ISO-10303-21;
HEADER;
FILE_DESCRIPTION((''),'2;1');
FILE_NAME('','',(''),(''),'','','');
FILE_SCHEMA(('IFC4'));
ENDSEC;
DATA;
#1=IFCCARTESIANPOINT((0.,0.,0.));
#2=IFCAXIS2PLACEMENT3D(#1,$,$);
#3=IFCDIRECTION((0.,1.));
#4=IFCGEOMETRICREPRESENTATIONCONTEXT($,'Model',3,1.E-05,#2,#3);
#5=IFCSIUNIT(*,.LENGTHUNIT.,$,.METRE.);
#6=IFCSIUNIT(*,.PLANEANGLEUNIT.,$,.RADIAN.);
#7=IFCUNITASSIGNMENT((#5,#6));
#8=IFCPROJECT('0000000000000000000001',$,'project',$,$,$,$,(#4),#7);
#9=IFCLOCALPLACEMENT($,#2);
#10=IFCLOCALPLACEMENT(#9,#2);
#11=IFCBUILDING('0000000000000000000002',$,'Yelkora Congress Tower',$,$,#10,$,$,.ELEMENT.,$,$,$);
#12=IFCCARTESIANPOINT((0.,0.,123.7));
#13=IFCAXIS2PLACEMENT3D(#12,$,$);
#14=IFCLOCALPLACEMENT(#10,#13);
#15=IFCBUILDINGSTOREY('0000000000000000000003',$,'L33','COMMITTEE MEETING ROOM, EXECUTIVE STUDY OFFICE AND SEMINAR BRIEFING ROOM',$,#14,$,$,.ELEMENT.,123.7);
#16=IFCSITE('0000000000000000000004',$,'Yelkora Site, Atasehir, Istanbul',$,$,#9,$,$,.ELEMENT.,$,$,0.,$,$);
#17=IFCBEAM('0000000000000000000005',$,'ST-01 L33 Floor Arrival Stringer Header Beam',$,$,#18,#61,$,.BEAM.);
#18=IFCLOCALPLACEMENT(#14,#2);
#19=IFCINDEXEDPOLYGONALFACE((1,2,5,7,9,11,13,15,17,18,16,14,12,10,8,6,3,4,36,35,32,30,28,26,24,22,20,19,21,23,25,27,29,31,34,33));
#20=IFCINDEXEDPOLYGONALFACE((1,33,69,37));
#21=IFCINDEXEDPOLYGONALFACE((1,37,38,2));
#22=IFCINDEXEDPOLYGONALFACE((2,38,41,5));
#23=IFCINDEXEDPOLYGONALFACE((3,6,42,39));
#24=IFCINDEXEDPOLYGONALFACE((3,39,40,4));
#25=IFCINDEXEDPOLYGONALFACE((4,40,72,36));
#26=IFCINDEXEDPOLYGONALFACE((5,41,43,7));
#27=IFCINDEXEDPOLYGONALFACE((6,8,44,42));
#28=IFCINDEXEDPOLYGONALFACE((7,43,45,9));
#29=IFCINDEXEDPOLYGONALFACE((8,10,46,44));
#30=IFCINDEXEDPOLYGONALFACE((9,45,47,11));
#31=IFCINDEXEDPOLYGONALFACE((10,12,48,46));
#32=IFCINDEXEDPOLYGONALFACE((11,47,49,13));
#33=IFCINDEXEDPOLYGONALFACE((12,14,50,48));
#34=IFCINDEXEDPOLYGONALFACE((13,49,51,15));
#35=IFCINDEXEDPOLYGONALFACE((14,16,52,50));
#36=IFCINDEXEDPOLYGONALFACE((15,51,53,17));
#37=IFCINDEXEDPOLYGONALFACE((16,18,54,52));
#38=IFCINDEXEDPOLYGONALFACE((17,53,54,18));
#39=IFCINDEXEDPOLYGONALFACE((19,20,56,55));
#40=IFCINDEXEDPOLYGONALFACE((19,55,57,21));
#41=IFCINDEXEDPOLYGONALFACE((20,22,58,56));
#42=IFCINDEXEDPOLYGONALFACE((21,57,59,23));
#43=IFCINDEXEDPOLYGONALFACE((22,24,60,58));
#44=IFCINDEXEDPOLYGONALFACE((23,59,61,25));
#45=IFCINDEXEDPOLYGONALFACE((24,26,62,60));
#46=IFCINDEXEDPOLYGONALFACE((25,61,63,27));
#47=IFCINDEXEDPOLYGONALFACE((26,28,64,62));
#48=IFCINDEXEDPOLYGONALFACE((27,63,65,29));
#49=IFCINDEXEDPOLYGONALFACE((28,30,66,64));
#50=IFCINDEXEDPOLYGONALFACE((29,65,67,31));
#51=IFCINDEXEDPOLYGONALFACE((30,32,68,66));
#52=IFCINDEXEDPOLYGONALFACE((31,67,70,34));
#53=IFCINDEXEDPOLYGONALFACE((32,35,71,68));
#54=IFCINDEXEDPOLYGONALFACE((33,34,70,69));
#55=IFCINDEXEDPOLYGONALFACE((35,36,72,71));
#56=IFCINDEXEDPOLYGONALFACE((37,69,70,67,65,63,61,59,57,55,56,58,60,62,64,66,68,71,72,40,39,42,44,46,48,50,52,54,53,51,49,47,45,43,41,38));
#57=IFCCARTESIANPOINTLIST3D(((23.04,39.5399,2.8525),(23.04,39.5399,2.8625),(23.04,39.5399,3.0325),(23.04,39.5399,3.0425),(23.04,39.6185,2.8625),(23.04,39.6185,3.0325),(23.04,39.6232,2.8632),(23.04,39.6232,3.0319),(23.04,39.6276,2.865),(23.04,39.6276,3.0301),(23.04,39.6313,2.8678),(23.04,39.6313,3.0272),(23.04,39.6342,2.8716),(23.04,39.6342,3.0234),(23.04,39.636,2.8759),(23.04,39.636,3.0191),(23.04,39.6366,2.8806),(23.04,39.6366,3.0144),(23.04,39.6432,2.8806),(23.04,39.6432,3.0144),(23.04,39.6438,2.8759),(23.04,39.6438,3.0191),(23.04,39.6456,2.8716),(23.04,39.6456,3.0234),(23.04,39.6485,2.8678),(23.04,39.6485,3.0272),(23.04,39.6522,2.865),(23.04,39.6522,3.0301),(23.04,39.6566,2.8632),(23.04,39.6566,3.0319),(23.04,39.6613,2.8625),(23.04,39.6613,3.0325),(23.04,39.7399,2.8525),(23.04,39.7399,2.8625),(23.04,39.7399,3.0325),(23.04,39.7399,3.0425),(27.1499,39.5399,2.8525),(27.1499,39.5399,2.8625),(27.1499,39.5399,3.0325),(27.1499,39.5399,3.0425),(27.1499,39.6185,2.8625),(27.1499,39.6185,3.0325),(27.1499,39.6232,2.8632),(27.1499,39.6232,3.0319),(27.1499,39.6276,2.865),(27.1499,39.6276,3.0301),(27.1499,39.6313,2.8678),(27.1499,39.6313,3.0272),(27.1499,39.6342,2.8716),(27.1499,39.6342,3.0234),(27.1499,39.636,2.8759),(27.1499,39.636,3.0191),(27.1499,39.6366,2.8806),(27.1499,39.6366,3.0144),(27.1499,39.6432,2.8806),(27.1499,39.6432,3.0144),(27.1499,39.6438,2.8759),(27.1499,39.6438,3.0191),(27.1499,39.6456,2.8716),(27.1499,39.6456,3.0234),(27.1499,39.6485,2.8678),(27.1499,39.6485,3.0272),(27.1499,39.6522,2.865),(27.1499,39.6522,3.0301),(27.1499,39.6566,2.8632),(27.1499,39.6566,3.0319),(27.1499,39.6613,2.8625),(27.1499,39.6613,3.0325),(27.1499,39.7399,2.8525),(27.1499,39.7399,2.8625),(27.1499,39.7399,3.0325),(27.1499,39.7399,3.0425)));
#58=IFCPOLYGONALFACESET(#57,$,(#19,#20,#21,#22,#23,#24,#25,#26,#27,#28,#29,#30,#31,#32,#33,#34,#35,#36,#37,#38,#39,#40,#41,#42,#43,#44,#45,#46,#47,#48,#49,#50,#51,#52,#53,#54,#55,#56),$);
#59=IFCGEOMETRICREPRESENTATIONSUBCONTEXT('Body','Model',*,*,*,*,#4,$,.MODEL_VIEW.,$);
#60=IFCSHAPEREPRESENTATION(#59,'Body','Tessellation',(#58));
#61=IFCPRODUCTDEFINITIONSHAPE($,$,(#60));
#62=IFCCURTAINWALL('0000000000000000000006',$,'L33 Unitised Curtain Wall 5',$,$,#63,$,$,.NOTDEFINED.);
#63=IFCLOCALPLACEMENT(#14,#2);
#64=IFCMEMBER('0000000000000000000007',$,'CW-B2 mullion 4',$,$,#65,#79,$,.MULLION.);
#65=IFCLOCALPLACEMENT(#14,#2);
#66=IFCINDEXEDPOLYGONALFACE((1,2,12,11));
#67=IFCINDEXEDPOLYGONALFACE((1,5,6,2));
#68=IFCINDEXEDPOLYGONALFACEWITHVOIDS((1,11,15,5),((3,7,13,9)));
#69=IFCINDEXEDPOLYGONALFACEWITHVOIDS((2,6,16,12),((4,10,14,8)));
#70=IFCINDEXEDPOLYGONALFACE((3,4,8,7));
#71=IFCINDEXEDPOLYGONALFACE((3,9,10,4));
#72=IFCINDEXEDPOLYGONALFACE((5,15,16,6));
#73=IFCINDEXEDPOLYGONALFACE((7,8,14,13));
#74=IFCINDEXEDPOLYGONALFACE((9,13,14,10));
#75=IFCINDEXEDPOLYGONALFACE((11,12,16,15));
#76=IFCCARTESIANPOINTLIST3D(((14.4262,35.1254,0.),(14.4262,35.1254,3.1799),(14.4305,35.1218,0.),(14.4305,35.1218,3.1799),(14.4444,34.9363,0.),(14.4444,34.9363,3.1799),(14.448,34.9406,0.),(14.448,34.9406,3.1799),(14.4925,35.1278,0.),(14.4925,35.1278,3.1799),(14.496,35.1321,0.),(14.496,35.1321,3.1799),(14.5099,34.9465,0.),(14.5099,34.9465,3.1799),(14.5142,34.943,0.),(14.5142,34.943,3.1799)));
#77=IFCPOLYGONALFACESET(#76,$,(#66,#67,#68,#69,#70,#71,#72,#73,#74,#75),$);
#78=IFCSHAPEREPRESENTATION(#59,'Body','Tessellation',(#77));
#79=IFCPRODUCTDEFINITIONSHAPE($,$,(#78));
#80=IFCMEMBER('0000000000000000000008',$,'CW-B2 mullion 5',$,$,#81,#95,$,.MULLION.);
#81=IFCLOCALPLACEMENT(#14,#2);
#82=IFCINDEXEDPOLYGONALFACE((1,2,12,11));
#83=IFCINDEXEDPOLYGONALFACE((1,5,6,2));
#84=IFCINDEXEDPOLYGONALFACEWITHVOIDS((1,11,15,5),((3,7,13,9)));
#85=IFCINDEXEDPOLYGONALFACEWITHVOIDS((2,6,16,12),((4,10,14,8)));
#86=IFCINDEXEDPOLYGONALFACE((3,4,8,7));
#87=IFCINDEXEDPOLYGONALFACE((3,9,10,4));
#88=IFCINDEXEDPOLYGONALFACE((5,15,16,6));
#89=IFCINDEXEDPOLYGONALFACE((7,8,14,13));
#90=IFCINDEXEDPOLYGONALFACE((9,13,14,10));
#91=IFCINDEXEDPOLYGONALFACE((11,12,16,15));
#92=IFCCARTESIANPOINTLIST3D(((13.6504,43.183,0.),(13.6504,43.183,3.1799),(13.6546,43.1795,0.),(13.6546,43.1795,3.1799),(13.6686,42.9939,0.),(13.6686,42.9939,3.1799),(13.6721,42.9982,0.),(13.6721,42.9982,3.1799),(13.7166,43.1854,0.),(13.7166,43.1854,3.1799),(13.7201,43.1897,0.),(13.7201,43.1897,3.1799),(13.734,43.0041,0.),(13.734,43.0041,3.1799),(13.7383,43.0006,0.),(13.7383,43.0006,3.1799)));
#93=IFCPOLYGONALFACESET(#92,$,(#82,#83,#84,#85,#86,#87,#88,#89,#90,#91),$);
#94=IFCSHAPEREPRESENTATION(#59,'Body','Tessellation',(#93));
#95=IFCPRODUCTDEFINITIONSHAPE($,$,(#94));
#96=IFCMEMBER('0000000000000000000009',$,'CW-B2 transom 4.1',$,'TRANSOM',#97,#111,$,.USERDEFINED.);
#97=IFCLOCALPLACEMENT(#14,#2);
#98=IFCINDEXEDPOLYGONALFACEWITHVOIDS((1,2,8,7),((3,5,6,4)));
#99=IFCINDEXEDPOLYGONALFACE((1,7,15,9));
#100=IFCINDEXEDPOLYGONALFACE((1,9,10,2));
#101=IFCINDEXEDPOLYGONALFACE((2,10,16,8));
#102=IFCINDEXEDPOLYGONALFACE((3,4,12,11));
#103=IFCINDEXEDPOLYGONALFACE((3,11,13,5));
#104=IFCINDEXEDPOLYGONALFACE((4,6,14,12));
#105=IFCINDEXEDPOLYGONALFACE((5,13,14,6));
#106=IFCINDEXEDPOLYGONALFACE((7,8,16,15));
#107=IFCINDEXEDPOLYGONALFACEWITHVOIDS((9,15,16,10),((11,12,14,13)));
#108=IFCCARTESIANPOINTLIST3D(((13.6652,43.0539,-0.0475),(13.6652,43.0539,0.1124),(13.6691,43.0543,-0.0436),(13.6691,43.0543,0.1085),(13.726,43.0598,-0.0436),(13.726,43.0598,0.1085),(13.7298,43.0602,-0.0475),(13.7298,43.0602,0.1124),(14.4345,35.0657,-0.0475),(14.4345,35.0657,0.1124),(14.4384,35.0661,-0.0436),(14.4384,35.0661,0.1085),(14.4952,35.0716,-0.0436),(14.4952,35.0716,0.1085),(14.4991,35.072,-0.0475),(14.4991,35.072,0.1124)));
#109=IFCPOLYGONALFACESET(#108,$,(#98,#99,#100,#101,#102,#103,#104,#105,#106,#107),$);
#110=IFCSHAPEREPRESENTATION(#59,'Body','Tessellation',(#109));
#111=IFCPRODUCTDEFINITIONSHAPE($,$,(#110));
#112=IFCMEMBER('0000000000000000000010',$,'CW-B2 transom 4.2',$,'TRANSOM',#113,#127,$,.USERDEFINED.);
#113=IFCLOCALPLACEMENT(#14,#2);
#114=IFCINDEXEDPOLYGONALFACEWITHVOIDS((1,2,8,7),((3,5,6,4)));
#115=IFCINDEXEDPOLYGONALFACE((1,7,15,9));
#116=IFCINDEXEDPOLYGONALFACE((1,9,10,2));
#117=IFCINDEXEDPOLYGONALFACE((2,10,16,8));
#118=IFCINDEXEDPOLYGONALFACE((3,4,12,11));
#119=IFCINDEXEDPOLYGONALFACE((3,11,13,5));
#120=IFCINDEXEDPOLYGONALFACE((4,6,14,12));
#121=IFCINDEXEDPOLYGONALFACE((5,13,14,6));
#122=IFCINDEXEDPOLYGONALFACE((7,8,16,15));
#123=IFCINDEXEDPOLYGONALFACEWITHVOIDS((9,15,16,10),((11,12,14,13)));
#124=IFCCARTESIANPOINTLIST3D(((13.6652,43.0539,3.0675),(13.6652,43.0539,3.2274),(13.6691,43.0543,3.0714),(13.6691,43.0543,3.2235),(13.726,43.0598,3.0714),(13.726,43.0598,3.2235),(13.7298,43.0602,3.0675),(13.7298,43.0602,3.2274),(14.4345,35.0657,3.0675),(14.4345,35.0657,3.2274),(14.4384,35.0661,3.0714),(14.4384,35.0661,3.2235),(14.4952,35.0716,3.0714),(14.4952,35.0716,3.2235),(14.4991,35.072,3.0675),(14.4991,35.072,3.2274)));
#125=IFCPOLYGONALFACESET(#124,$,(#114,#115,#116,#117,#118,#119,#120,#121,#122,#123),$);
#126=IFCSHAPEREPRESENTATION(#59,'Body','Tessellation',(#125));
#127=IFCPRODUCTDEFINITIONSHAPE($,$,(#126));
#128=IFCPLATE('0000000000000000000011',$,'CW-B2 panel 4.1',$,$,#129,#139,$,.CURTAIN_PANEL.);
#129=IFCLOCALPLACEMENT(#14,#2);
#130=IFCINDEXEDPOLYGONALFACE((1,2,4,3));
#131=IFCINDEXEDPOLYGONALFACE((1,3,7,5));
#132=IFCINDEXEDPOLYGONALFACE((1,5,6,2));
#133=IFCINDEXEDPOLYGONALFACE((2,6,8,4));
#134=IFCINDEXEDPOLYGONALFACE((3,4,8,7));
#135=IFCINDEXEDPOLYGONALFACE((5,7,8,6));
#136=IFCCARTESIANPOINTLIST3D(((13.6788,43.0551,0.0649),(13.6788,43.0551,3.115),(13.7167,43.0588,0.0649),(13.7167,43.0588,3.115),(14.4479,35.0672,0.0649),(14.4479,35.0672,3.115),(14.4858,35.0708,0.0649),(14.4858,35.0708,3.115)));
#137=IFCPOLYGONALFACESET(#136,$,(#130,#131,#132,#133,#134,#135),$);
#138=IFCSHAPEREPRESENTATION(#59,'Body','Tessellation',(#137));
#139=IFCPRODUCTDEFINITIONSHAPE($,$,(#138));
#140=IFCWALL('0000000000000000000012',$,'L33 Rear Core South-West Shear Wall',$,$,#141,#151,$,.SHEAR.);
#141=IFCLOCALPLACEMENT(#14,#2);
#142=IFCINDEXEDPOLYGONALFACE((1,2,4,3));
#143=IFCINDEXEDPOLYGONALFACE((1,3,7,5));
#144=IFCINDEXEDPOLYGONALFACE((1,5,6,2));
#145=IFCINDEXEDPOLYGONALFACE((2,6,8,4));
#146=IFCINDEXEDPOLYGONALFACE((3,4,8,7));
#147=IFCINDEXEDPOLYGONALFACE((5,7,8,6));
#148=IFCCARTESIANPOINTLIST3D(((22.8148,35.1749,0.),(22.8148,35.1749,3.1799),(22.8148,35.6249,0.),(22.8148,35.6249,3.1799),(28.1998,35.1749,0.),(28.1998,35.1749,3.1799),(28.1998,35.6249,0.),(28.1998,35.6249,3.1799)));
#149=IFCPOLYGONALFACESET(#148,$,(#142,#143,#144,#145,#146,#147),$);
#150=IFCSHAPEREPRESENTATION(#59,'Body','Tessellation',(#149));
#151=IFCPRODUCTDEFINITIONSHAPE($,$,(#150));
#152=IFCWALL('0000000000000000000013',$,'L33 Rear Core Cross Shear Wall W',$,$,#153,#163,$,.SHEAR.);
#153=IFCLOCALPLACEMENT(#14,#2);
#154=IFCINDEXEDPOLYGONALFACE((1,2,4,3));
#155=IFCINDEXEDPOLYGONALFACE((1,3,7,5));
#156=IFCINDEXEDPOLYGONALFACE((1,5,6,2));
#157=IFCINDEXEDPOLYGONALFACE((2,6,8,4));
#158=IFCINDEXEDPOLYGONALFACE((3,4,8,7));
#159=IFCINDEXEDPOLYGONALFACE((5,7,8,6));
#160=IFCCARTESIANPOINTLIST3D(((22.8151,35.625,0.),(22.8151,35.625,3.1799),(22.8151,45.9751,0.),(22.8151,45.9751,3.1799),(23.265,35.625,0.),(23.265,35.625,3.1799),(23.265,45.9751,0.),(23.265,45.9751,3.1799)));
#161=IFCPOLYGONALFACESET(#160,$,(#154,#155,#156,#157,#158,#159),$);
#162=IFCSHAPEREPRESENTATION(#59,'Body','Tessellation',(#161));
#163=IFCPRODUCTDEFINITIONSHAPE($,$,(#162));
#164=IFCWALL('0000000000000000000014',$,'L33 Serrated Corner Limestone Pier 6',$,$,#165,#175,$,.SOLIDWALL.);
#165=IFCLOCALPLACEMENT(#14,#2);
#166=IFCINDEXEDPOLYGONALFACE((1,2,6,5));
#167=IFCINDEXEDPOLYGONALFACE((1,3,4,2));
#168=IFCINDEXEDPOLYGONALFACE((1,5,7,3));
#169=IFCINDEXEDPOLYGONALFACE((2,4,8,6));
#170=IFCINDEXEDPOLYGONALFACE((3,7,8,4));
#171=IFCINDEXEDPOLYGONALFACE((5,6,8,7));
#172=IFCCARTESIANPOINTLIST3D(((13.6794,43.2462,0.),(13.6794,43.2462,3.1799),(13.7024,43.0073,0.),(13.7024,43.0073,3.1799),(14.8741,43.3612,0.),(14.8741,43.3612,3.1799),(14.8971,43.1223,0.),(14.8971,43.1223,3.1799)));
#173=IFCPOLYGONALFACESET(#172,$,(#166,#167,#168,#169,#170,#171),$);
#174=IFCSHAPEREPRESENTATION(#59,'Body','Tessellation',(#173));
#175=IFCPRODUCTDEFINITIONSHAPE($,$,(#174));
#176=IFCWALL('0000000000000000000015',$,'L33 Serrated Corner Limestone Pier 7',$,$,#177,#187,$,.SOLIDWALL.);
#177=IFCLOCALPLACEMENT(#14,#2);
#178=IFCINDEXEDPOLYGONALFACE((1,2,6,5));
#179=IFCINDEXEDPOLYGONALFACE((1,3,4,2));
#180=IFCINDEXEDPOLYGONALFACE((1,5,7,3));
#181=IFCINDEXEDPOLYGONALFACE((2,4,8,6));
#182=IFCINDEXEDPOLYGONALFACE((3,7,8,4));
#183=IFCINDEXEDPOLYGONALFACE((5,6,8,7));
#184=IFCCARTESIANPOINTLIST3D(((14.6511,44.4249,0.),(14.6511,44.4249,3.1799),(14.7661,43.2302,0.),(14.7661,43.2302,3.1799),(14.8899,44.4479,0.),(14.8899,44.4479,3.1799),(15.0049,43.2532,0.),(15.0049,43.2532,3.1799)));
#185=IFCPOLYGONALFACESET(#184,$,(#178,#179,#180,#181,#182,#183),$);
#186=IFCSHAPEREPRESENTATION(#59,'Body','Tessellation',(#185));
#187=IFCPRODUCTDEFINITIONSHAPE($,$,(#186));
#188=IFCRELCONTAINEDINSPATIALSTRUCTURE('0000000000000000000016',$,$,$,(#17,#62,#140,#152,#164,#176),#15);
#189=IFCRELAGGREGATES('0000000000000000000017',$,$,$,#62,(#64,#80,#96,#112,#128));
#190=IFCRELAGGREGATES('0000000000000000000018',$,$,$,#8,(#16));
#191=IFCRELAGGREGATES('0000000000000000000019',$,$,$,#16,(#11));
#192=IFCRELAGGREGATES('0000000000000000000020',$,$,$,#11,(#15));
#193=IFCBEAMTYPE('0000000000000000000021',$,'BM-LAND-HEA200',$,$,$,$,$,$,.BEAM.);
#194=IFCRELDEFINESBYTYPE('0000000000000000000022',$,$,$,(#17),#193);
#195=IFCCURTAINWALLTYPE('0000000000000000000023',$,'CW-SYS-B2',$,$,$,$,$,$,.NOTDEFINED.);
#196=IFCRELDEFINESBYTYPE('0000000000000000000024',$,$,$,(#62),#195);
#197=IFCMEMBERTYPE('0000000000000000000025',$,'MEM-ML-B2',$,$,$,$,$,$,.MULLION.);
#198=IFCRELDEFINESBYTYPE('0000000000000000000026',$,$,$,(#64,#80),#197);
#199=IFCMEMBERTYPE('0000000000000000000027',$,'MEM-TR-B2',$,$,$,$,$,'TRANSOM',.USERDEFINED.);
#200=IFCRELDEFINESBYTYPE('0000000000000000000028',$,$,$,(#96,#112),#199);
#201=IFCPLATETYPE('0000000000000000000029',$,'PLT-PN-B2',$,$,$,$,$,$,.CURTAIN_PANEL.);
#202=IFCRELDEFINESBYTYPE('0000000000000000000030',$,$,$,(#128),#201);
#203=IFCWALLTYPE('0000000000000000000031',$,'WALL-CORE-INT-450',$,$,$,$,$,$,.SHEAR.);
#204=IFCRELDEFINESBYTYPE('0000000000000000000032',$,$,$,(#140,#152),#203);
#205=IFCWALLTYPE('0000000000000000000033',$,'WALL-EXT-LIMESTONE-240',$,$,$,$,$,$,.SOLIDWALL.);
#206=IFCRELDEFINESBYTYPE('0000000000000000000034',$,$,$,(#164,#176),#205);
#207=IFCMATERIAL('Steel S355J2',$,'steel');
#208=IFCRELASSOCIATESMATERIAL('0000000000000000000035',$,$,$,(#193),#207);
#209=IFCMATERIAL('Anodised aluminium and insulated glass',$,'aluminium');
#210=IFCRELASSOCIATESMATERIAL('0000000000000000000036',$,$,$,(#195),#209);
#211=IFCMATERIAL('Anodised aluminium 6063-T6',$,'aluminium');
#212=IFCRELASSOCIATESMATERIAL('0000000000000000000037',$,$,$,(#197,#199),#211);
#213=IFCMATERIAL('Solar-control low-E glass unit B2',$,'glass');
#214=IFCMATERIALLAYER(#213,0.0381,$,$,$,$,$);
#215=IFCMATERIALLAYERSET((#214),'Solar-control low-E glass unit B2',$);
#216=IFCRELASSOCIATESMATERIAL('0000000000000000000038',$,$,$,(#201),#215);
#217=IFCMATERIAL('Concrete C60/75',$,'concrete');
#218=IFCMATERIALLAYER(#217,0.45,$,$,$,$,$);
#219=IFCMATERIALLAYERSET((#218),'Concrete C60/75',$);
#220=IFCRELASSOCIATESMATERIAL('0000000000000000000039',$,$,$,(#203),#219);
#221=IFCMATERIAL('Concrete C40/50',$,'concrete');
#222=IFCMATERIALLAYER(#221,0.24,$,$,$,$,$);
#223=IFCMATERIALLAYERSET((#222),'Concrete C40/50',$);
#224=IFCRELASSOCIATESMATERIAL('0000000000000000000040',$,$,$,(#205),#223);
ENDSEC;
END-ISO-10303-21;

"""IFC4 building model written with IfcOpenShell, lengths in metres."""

from ifc_helpers import new_model, si_unit, direction, frame, frame_2d, origin, origin_2d, place, context, subcontext, project, spatial, rectangle, hollow_rectangle, i_section, extrude, material, layer, layer_set, material_profile, profile_set, type_object, element, aggregate, save


model = new_model("IFC4")

# Units and contexts
model_context = context("Model", 3, precision=1e-05, world=origin(), true_north=direction((0.0, 1.0)))
body_context = subcontext(model_context, "Body", "Model", "MODEL_VIEW")
ifc_project = project(units=[si_unit("LENGTHUNIT", "METRE"), si_unit("PLANEANGLEUNIT", "RADIAN")], contexts=[model_context])

# Site, building, storey
site_placement = place(None, origin())
site = spatial("IfcSite", under=ifc_project, at=site_placement, Name="Yelkora Site, Atasehir, Istanbul", CompositionType="ELEMENT", RefElevation=0.0)
building_placement = place(site_placement, origin())
building = spatial("IfcBuilding", under=site, at=building_placement, Name="Yelkora Congress Tower", CompositionType="ELEMENT")
storey_placement = place(building_placement, frame((0.0, 0.0, 123.7)))
storey = spatial("IfcBuildingStorey", under=building, at=storey_placement, Name="L33", Description="COMMITTEE MEETING ROOM, EXECUTIVE STUDY OFFICE AND SEMINAR BRIEFING ROOM", CompositionType="ELEMENT", Elevation=123.7)

# Beam
ifc_material_1 = material(Name="Steel S355J2", Category="steel")
ifc_material_profile_1 = material_profile(ifc_material_1, i_section(OverallWidth=0.2, OverallDepth=0.1899, WebThickness=0.0066, FlangeThickness=0.01, FilletRadius=0.0181, at=origin_2d()), Name="HEA 200")
ifc_profile_set_1 = profile_set([ifc_material_profile_1], Name="Steel S355J2")
beam_type_1 = type_object("IfcBeamType", Name="BM-LAND-HEA200", PredefinedType="BEAM", material=ifc_profile_set_1)
beam_1_placement = place(storey_placement, frame((23.04, 39.6399, 2.9475), z_axis=(1.0, 0.0, 0.0), x_axis=(0.0, 1.0, 0.0)))
element("IfcBeam", 1, at=beam_1_placement, inside=storey, type_object=beam_type_1, Name="ST-01 L33 Floor Arrival Stringer Header Beam", PredefinedType="BEAM", context=body_context, shape_type="SweptSolid", body=[
    extrude(i_section(OverallWidth=0.2, OverallDepth=0.1899, WebThickness=0.0066, FlangeThickness=0.01, FilletRadius=0.0181, at=origin_2d()), origin(), (0.0, 0.0, 1.0), 4.1099),
])

# Curtain wall, members, plate
ifc_material_2 = material(Name="Anodised aluminium and insulated glass", Category="aluminium")
curtain_wall_type = type_object("IfcCurtainWallType", Name="CW-SYS-B2", PredefinedType="NOTDEFINED", material=ifc_material_2)
curtain_wall_placement = place(storey_placement, origin())
curtain_wall = element("IfcCurtainWall", 2, at=curtain_wall_placement, inside=storey, type_object=curtain_wall_type, Name="L33 Unitised Curtain Wall 5", PredefinedType="NOTDEFINED")
ifc_material_3 = material(Name="Anodised aluminium 6063-T6", Category="aluminium")
ifc_material_profile_2 = material_profile(ifc_material_3, hollow_rectangle(XDim=0.0701, YDim=0.1899, WallThickness=0.0039, at=origin_2d()), Name="ALU 70x190x4")
ifc_profile_set_2 = profile_set([ifc_material_profile_2], Name="Anodised aluminium 6063-T6")
member_type_1 = type_object("IfcMemberType", Name="MEM-ML-B2", PredefinedType="MULLION", material=ifc_profile_set_2)
member_1_placement = place(storey_placement, frame((14.4702, 35.0342, 0.0), z_axis=(0.0, 0.0, 1.0), x_axis=(-0.995397, -0.095843, 0.0)))
member_1 = element("IfcMember", 3, at=member_1_placement, type_object=member_type_1, Name="CW-B2 mullion 4", PredefinedType="MULLION", context=body_context, shape_type="SweptSolid", body=[
    extrude(hollow_rectangle(XDim=0.0701, YDim=0.1899, WallThickness=0.0039, at=origin_2d()), origin(), (0.0, 0.0, 1.0), 3.1799),
])
member_2_placement = place(storey_placement, frame((13.6943, 43.0918, 0.0), z_axis=(0.0, 0.0, 1.0), x_axis=(-0.995397, -0.095843, 0.0)))
member_2 = element("IfcMember", 4, at=member_2_placement, type_object=member_type_1, Name="CW-B2 mullion 5", PredefinedType="MULLION", context=body_context, shape_type="SweptSolid", body=[
    extrude(hollow_rectangle(XDim=0.0701, YDim=0.1899, WallThickness=0.0039, at=origin_2d()), origin(), (0.0, 0.0, 1.0), 3.1799),
])
ifc_material_profile_3 = material_profile(ifc_material_3, hollow_rectangle(XDim=0.0649, YDim=0.1599, WallThickness=0.0039, at=origin_2d()), Name="ALU 65x160x4")
ifc_profile_set_3 = profile_set([ifc_material_profile_3], Name="Anodised aluminium 6063-T6")
member_type_2 = type_object("IfcMemberType", Name="MEM-TR-B2", ElementType="TRANSOM", PredefinedType="USERDEFINED", material=ifc_profile_set_3)
member_3_placement = place(storey_placement, frame((14.4668, 35.0688, 0.0325), z_axis=(-0.095858, 0.995395, 0.0), x_axis=(-0.995395, -0.095858, 0.0)))
member_3 = element("IfcMember", 5, at=member_3_placement, type_object=member_type_2, Name="CW-B2 transom 4.1", ObjectType="TRANSOM", PredefinedType="USERDEFINED", context=body_context, shape_type="SweptSolid", body=[
    extrude(hollow_rectangle(XDim=0.0649, YDim=0.1599, WallThickness=0.0039, at=origin_2d()), origin(), (0.0, 0.0, 1.0), 8.0251),
])
member_4_placement = place(storey_placement, frame((14.4668, 35.0688, 3.1475), z_axis=(-0.095858, 0.995395, 0.0), x_axis=(-0.995395, -0.095858, 0.0)))
member_4 = element("IfcMember", 6, at=member_4_placement, type_object=member_type_2, Name="CW-B2 transom 4.2", ObjectType="TRANSOM", PredefinedType="USERDEFINED", context=body_context, shape_type="SweptSolid", body=[
    extrude(hollow_rectangle(XDim=0.0649, YDim=0.1599, WallThickness=0.0039, at=origin_2d()), origin(), (0.0, 0.0, 1.0), 8.0251),
])
ifc_material_4 = material(Name="Solar-control low-E glass unit B2", Category="glass")
ifc_layer_1 = layer(ifc_material_4, 0.0381)
ifc_layer_set_1 = layer_set([ifc_layer_1], Name="Solar-control low-E glass unit B2")
plate_type = type_object("IfcPlateType", Name="PLT-PN-B2", PredefinedType="CURTAIN_PANEL", material=ifc_layer_set_1)
plate_placement = place(storey_placement, frame((14.0823, 39.063, 0.0649), z_axis=(0.0, 0.0, 1.0), x_axis=(-0.095843, 0.995397, 0.0)))
plate = element("IfcPlate", 7, at=plate_placement, type_object=plate_type, Name="CW-B2 panel 4.1", PredefinedType="CURTAIN_PANEL", context=body_context, shape_type="SweptSolid", body=[
    extrude(rectangle(XDim=8.0249, YDim=0.0381, at=origin_2d()), origin(), (0.0, 0.0, 1.0), 3.05),
])
aggregate(curtain_wall, [member_1, member_2, member_3, member_4, plate])

# Walls
ifc_material_5 = material(Name="Concrete C60/75", Category="concrete")
ifc_layer_2 = layer(ifc_material_5, 0.45)
ifc_layer_set_2 = layer_set([ifc_layer_2], Name="Concrete C60/75")
wall_type_1 = type_object("IfcWallType", Name="WALL-CORE-INT-450", PredefinedType="SHEAR", material=ifc_layer_set_2)
wall_1_placement = place(storey_placement, frame((22.8149, 35.3999, 0.0), z_axis=(0.0, 0.0, 1.0), x_axis=(1.0, 0.0, 0.0)))
element("IfcWall", 8, at=wall_1_placement, inside=storey, type_object=wall_type_1, Name="L33 Rear Core South-West Shear Wall", PredefinedType="SHEAR", context=body_context, shape_type="SweptSolid", body=[
    extrude(rectangle(XDim=5.385, YDim=0.45, at=frame_2d((2.6924, 0.0))), origin(), (0.0, 0.0, 1.0), 3.1799),
])
wall_2_placement = place(storey_placement, frame((23.04, 35.625, 0.0), z_axis=(0.0, 0.0, 1.0), x_axis=(0.0, 1.0, 0.0)))
element("IfcWall", 9, at=wall_2_placement, inside=storey, type_object=wall_type_1, Name="L33 Rear Core Cross Shear Wall W", PredefinedType="SHEAR", context=body_context, shape_type="SweptSolid", body=[
    extrude(rectangle(XDim=10.3501, YDim=0.45, at=frame_2d((5.175, 0.0))), origin(), (0.0, 0.0, 1.0), 3.1799),
])
ifc_material_6 = material(Name="Concrete C40/50", Category="concrete")
ifc_layer_3 = layer(ifc_material_6, 0.24)
ifc_layer_set_3 = layer_set([ifc_layer_3], Name="Concrete C40/50")
wall_type_2 = type_object("IfcWallType", Name="WALL-EXT-LIMESTONE-240", PredefinedType="SOLIDWALL", material=ifc_layer_set_3)
for number, where, z_axis, x_axis, name in (
    (10, (13.6909, 43.1267, 0.0), (0.0, 0.0, 1.0), (0.995399, 0.095817, 0.0), "L33 Serrated Corner Limestone Pier 6"),
    (11, (14.8855, 43.2417, 0.0), (0.0, 0.0, 1.0), (-0.095817, 0.995399, 0.0), "L33 Serrated Corner Limestone Pier 7"),
):
    element("IfcWall", number, at=place(storey_placement, frame(where, z_axis=z_axis, x_axis=x_axis)), inside=storey, type_object=wall_type_2, Name=name, PredefinedType="SOLIDWALL", context=body_context, shape_type="SweptSolid", body=[
        extrude(rectangle(XDim=1.2002, YDim=0.24, at=frame_2d((0.6001, 0.0))), origin(), (0.0, 0.0, 1.0), 3.1799),
    ])

save(model, "model.ifc")
